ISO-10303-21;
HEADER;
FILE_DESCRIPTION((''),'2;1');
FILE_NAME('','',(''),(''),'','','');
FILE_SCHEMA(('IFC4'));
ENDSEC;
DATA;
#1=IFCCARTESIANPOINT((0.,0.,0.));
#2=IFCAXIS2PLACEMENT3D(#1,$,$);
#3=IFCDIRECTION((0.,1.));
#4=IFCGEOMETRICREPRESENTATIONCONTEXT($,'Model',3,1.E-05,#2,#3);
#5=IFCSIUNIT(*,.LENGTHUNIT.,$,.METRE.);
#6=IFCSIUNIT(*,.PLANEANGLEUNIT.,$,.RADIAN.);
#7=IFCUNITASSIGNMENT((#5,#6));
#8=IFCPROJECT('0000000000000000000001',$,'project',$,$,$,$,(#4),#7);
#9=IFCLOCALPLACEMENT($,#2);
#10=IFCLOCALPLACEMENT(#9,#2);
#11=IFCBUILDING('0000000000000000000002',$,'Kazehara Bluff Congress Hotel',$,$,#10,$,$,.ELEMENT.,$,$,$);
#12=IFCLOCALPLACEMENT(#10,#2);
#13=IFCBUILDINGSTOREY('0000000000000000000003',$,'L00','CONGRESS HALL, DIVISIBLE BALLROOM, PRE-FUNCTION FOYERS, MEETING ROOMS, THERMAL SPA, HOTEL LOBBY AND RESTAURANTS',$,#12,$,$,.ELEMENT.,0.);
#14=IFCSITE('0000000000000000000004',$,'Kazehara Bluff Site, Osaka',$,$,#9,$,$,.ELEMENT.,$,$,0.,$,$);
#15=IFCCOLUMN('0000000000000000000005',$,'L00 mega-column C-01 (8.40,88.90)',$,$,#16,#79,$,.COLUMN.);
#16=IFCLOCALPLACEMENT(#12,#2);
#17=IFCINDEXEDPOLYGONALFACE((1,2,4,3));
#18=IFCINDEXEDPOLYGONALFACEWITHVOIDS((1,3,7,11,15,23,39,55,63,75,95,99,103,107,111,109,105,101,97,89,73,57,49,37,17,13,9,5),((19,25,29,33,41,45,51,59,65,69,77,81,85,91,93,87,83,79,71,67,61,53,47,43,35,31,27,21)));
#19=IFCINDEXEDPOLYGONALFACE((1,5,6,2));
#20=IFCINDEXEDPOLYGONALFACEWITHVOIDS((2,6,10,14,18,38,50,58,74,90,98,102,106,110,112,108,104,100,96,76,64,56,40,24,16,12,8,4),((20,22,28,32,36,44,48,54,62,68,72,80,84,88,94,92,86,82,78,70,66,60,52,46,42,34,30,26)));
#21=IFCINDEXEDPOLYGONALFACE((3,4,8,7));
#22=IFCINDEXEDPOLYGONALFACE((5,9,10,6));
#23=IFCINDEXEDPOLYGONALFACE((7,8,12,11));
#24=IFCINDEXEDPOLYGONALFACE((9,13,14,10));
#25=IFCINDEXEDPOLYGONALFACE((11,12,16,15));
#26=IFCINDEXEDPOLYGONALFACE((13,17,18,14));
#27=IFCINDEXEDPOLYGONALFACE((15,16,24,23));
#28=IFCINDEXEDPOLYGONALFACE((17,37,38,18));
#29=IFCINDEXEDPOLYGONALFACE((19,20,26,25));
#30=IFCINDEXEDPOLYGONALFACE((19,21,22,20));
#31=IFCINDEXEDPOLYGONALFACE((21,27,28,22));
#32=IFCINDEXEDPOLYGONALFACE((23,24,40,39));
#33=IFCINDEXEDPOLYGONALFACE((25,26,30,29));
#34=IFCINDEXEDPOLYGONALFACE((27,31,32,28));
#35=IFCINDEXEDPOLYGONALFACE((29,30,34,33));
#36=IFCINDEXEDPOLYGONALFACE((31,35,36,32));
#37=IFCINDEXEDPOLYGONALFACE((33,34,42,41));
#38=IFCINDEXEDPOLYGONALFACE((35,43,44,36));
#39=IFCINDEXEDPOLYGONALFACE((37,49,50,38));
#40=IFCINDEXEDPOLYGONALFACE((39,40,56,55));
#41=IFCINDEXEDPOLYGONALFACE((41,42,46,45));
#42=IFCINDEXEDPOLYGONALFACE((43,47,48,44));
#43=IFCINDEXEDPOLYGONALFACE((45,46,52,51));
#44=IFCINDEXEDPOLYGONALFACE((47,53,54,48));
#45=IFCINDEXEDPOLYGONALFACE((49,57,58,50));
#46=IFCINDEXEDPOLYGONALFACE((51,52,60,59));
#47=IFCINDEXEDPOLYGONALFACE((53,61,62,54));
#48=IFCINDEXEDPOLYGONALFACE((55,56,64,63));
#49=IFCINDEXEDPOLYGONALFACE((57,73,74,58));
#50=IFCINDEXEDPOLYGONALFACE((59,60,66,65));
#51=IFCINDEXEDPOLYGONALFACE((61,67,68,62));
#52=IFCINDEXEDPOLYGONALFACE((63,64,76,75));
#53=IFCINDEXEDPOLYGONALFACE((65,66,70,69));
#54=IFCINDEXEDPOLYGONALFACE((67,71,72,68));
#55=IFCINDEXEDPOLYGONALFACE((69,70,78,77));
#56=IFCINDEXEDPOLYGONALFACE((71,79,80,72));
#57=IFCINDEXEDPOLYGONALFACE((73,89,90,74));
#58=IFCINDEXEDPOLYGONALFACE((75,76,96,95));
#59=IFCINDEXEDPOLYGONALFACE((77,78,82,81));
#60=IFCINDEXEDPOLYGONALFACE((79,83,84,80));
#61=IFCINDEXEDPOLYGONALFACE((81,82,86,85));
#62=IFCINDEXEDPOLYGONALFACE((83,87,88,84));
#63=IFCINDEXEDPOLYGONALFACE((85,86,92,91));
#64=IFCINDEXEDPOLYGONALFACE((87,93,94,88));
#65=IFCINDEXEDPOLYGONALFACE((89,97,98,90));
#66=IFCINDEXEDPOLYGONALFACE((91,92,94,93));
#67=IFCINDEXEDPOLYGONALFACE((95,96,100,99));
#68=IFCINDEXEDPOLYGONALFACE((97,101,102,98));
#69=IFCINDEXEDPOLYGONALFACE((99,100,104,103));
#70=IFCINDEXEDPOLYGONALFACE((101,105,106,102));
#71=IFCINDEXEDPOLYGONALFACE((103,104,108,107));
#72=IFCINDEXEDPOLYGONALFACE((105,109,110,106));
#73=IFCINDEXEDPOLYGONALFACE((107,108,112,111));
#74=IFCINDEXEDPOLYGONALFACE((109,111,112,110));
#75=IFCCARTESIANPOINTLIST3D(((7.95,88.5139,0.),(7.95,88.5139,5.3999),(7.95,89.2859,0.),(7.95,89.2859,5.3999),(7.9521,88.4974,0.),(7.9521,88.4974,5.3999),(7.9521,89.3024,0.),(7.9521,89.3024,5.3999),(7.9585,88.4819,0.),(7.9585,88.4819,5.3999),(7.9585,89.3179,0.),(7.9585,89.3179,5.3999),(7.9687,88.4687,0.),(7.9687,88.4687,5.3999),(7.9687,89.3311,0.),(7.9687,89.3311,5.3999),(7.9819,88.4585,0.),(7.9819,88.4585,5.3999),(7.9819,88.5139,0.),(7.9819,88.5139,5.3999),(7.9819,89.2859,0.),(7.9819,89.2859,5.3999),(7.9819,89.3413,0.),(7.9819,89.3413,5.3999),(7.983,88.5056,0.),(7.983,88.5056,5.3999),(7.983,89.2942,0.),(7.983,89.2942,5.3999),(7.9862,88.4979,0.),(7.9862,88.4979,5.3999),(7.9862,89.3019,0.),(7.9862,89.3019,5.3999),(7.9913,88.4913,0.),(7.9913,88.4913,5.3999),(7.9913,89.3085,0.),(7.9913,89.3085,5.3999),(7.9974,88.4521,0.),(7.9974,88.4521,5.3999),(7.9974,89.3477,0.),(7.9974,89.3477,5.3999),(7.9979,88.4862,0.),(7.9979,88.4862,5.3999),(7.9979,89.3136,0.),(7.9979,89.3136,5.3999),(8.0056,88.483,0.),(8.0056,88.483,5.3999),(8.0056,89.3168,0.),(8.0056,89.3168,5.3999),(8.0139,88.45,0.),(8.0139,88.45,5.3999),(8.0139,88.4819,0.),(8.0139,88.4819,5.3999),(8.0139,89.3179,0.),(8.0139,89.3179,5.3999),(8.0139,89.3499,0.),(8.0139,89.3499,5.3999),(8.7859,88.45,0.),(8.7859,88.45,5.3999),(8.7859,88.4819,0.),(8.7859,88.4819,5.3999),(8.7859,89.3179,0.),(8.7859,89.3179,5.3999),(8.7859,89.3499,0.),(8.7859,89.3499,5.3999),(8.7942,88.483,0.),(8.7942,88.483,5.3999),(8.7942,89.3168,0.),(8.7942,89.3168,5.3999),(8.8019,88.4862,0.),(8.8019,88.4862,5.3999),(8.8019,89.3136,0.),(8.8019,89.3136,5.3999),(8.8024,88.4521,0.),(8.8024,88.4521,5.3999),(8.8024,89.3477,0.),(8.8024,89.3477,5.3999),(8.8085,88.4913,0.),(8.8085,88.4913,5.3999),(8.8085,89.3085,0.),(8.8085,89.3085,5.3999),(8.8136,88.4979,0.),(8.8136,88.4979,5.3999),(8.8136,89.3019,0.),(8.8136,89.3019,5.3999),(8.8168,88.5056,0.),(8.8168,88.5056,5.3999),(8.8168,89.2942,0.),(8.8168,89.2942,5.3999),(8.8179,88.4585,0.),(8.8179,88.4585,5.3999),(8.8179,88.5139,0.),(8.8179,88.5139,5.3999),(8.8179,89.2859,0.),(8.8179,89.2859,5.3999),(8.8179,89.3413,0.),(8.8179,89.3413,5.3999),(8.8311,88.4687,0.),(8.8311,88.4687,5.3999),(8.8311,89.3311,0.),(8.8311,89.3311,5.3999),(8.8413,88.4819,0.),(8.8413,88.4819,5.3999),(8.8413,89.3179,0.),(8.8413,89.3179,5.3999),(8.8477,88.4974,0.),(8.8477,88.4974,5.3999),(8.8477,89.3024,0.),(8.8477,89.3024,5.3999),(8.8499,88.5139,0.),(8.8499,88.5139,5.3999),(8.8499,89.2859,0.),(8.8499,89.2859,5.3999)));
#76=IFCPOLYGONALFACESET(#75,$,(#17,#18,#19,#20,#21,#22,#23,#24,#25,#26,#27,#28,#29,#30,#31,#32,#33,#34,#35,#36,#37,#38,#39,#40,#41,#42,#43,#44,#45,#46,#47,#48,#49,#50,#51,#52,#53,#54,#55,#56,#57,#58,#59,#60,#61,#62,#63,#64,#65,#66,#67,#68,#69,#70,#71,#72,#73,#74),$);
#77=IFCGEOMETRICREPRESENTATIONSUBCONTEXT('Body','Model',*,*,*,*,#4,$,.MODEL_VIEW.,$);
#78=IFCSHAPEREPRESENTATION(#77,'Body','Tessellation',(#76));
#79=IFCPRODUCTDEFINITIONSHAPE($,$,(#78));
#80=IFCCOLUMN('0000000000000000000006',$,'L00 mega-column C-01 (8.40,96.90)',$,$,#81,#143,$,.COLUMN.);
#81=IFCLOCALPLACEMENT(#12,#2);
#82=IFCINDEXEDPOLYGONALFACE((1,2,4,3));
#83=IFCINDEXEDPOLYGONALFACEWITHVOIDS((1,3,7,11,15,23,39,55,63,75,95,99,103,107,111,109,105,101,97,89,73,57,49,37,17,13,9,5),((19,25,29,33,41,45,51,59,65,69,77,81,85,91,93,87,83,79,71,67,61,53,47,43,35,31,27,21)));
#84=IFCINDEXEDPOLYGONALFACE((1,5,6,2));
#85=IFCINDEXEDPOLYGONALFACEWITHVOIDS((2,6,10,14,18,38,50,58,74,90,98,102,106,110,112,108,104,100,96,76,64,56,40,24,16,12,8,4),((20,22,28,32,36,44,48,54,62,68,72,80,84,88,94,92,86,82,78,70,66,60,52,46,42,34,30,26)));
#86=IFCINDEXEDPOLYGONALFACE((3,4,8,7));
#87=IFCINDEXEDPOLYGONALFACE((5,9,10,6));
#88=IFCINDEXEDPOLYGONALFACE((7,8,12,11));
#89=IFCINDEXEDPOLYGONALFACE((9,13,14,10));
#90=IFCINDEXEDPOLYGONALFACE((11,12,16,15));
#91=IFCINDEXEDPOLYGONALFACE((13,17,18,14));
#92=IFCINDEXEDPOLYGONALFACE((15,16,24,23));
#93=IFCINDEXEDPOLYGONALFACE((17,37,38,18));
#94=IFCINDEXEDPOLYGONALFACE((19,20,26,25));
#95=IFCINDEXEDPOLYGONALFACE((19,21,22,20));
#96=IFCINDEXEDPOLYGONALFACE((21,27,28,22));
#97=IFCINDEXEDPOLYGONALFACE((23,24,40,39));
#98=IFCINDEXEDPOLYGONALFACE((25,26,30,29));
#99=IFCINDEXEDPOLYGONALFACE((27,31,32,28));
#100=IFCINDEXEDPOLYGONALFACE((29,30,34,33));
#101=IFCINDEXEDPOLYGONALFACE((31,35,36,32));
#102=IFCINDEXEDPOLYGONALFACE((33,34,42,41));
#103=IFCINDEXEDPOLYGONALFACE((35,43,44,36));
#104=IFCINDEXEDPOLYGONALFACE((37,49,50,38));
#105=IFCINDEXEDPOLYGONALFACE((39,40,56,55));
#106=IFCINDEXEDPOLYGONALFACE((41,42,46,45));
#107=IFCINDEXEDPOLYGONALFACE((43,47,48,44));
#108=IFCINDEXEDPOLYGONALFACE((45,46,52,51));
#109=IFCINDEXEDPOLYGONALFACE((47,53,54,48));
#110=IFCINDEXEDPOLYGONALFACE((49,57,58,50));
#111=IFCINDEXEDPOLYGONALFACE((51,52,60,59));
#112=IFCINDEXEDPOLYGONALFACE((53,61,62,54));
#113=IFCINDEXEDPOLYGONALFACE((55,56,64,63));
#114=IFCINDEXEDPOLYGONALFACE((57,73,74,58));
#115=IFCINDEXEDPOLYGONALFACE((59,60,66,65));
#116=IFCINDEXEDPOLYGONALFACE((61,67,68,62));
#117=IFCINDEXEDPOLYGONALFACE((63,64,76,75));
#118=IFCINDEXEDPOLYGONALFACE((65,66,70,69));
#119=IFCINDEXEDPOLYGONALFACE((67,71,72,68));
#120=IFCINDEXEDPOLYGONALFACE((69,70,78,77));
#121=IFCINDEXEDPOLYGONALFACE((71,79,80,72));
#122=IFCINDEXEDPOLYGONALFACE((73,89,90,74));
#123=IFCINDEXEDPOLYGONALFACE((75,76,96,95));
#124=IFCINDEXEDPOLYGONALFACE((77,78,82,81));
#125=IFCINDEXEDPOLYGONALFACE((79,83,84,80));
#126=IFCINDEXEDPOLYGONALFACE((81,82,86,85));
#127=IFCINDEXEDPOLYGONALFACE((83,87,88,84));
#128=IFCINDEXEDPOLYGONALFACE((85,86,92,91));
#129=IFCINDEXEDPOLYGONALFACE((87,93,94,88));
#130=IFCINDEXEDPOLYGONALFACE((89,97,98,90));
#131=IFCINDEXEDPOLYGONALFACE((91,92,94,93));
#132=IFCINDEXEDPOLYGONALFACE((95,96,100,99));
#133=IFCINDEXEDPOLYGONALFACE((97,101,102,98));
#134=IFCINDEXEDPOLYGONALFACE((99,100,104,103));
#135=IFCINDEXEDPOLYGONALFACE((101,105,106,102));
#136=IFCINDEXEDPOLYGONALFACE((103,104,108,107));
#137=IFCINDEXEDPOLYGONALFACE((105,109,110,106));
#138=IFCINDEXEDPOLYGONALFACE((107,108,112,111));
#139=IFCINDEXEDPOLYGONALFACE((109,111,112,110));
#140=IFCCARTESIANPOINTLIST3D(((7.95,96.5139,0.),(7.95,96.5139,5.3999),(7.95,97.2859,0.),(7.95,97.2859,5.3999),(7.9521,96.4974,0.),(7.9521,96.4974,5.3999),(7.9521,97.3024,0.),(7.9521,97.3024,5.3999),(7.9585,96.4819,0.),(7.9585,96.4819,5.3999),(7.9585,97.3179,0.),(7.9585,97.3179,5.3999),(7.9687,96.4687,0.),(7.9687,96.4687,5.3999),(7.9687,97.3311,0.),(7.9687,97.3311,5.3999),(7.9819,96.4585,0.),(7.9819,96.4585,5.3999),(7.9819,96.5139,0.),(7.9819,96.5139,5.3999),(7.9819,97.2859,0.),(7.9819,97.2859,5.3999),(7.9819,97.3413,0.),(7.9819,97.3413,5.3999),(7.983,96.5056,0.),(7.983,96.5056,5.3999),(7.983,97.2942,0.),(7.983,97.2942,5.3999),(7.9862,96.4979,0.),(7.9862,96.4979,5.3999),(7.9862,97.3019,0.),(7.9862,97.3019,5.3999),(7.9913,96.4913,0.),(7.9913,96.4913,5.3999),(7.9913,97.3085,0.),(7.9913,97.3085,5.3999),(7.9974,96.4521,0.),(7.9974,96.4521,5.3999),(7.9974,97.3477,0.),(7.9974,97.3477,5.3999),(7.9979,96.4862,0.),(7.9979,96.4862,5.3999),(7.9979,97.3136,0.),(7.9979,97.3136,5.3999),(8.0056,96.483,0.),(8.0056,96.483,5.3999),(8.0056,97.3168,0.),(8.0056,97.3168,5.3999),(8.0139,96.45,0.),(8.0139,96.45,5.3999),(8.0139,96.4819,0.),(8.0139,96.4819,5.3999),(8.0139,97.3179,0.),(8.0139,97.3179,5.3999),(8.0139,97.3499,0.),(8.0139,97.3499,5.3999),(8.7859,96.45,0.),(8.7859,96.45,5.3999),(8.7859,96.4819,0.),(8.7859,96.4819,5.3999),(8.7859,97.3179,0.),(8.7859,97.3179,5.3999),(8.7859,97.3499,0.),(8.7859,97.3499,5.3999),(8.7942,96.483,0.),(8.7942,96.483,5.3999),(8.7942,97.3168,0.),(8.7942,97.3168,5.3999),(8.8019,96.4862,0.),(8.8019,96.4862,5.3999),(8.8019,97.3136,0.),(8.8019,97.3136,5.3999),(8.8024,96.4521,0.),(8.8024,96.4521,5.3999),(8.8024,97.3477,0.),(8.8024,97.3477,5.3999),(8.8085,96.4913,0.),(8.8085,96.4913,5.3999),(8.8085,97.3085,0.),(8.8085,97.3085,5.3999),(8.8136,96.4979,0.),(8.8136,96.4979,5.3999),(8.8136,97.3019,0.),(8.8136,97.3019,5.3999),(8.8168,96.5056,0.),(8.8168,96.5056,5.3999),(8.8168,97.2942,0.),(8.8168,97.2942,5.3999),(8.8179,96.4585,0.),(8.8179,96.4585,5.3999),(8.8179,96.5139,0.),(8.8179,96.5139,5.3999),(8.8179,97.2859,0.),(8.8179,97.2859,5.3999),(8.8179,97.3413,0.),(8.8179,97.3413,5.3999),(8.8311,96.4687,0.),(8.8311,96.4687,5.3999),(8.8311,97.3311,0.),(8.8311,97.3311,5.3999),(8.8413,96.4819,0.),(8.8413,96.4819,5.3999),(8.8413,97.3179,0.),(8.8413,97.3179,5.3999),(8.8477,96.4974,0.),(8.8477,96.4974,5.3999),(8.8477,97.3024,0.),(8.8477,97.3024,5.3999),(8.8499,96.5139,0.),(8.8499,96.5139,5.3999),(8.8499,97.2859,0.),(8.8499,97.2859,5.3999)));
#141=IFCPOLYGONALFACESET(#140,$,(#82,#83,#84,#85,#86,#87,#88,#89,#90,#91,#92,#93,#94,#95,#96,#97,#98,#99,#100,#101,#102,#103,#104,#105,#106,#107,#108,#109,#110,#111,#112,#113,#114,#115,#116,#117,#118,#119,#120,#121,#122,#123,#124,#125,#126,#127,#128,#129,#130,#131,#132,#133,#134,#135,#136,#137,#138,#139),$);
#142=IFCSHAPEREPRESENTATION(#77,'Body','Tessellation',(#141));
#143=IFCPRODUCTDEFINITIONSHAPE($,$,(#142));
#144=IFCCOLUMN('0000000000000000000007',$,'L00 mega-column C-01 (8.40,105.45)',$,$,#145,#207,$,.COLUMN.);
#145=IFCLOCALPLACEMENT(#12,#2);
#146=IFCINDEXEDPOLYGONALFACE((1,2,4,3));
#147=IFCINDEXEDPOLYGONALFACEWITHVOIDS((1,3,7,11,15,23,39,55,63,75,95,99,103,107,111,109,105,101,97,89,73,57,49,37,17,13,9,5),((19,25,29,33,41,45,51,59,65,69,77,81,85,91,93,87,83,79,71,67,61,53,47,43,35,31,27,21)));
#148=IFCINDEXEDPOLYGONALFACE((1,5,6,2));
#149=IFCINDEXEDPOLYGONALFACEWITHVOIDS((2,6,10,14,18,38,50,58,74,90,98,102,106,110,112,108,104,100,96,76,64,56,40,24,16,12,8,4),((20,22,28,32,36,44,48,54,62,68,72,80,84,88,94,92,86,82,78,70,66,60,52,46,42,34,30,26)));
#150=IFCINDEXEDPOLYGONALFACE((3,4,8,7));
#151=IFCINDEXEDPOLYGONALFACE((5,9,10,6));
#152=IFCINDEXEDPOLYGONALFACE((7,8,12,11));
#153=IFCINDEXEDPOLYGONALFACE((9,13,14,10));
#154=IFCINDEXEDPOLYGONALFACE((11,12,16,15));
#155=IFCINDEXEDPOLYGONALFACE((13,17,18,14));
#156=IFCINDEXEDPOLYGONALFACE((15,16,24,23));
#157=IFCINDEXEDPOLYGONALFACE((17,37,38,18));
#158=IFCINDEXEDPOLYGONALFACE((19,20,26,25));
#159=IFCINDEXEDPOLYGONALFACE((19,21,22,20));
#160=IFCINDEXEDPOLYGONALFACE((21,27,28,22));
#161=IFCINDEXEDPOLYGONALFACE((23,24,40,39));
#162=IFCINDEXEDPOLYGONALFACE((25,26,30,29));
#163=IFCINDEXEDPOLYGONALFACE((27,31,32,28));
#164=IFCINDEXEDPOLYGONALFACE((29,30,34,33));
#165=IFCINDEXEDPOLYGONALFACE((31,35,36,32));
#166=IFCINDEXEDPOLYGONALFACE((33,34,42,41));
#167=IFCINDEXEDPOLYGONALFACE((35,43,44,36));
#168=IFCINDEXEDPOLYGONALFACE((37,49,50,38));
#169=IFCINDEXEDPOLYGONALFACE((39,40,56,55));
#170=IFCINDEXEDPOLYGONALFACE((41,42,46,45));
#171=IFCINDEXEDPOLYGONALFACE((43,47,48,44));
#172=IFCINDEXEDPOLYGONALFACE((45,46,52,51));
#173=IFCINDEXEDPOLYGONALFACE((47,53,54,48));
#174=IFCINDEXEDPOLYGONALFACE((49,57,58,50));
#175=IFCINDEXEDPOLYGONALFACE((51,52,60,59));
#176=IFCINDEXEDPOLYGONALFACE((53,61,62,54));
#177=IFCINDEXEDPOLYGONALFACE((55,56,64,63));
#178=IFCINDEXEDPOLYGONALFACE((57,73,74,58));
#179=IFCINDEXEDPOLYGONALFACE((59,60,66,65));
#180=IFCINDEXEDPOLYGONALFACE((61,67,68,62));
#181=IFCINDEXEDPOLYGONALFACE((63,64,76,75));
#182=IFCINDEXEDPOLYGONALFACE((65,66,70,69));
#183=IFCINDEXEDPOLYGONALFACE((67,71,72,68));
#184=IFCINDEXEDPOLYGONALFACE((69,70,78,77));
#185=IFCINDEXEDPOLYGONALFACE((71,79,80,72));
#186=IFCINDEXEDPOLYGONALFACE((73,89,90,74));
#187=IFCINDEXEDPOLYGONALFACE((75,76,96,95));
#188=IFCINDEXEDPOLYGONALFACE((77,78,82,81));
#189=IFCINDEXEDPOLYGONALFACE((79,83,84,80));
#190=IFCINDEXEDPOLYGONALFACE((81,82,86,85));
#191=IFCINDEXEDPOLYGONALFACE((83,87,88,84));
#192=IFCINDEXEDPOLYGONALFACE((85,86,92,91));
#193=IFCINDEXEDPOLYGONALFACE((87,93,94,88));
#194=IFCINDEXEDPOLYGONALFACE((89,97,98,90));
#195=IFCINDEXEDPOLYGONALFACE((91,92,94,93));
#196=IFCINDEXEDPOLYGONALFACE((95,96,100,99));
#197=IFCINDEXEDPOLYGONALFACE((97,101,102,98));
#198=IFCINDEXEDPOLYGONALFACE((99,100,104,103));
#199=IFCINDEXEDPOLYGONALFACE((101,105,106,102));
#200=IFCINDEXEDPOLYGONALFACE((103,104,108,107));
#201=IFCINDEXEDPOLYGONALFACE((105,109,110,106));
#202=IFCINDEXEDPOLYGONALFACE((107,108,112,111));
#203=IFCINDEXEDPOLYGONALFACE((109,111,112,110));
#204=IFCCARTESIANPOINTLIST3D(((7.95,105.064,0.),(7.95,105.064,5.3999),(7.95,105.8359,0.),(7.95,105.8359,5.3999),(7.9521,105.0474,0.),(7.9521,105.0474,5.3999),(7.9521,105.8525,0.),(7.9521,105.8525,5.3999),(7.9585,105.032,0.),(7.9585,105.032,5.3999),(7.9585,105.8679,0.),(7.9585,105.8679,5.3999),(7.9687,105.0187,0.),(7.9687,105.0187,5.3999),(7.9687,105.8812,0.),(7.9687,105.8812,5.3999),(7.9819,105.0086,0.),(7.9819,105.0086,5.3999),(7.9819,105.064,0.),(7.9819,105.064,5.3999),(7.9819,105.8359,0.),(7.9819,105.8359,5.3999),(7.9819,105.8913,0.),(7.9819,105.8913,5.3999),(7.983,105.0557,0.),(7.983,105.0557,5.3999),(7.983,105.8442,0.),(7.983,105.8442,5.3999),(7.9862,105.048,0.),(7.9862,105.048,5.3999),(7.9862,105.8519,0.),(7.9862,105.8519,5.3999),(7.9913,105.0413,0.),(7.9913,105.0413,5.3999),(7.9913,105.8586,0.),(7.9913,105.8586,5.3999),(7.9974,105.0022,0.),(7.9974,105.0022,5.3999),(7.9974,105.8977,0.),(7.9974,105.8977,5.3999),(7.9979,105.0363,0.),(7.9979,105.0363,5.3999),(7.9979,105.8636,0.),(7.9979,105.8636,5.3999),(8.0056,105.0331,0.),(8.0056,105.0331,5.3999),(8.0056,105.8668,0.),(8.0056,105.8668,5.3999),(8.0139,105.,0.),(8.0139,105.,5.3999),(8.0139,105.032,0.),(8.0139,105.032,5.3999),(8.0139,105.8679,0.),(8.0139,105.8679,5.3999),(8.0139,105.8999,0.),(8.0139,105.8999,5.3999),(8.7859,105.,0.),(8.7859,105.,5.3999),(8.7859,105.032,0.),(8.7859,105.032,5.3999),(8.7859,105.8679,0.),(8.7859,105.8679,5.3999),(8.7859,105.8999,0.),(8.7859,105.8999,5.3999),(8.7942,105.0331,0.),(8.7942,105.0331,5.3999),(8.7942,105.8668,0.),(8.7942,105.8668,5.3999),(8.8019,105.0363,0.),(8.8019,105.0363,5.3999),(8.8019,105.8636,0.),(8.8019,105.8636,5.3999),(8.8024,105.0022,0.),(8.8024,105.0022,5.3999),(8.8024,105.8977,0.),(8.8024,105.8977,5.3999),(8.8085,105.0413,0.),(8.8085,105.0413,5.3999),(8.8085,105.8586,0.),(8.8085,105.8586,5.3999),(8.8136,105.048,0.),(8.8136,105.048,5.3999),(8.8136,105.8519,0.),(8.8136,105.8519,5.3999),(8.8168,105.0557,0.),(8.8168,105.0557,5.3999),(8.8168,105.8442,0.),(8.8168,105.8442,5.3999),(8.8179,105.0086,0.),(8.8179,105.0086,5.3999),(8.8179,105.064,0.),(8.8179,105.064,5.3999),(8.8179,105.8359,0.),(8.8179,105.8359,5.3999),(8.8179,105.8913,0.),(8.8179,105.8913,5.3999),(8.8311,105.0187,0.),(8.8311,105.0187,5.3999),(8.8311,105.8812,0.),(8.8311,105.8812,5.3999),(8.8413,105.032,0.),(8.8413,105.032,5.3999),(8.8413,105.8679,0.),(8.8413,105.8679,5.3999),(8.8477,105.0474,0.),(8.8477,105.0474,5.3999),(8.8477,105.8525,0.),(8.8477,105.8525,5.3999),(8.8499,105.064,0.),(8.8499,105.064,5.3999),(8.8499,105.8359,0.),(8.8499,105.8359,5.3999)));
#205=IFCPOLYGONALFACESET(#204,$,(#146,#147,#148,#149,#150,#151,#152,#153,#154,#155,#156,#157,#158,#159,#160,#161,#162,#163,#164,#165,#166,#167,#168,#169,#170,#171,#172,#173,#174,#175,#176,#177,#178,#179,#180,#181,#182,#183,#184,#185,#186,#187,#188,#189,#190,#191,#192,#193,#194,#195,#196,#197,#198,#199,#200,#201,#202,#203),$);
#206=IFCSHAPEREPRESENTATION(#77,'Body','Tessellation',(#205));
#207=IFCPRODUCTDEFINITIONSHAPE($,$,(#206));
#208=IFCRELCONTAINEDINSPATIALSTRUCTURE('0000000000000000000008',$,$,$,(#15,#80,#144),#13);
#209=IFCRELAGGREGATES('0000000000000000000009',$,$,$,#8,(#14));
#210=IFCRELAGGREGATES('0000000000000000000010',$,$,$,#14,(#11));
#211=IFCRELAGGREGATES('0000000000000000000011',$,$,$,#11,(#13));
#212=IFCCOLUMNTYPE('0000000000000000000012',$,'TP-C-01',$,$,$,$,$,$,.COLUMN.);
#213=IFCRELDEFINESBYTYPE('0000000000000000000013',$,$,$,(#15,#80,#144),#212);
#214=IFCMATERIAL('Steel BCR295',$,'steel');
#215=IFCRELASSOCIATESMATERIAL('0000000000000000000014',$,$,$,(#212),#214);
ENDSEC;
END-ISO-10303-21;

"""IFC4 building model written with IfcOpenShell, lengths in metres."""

from ifc_helpers import new_model, si_unit, direction, frame, origin, origin_2d, place, context, subcontext, project, spatial, hollow_rectangle, extrude, material, material_profile, profile_set, type_object, element, save


model = new_model("IFC4")

# Units and contexts
model_context = context("Model", 3, precision=1e-05, world=origin(), true_north=direction((0.0, 1.0)))
body_context = subcontext(model_context, "Body", "Model", "MODEL_VIEW")
ifc_project = project(units=[si_unit("LENGTHUNIT", "METRE"), si_unit("PLANEANGLEUNIT", "RADIAN")], contexts=[model_context])

# Site, building, storey
site_placement = place(None, origin())
site = spatial("IfcSite", under=ifc_project, at=site_placement, Name="Kazehara Bluff Site, Osaka", CompositionType="ELEMENT", RefElevation=0.0)
building_placement = place(site_placement, origin())
building = spatial("IfcBuilding", under=site, at=building_placement, Name="Kazehara Bluff Congress Hotel", CompositionType="ELEMENT")
storey_placement = place(building_placement, origin())
storey = spatial("IfcBuildingStorey", under=building, at=storey_placement, Name="L00", Description="CONGRESS HALL, DIVISIBLE BALLROOM, PRE-FUNCTION FOYERS, MEETING ROOMS, THERMAL SPA, HOTEL LOBBY AND RESTAURANTS", CompositionType="ELEMENT", Elevation=0.0)

# Columns
ifc_material_1 = material(Name="Steel BCR295", Category="steel")
ifc_material_profile_1 = material_profile(ifc_material_1, hollow_rectangle(XDim=0.8999, YDim=0.8999, WallThickness=0.032, InnerFilletRadius=0.032, OuterFilletRadius=0.064, at=origin_2d()))
ifc_profile_set_1 = profile_set([ifc_material_profile_1], Name="Steel BCR295")
column_type = type_object("IfcColumnType", Name="TP-C-01", PredefinedType="COLUMN", material=ifc_profile_set_1)
for number, where, z_axis, x_axis, name in (
    (1, (8.3999, 88.8999, 0.0), (0.0, 0.0, 1.0), (1.0, 0.0, 0.0), "L00 mega-column C-01 (8.40,88.90)"),
    (2, (8.3999, 96.8999, 0.0), (0.0, 0.0, 1.0), (1.0, 0.0, 0.0), "L00 mega-column C-01 (8.40,96.90)"),
    (3, (8.3999, 105.45, 0.0), (0.0, 0.0, 1.0), (1.0, 0.0, 0.0), "L00 mega-column C-01 (8.40,105.45)"),
):
    element("IfcColumn", number, at=place(storey_placement, frame(where, z_axis=z_axis, x_axis=x_axis)), inside=storey, type_object=column_type, Name=name, PredefinedType="COLUMN", context=body_context, shape_type="SweptSolid", body=[
        extrude(hollow_rectangle(XDim=0.8999, YDim=0.8999, WallThickness=0.032, InnerFilletRadius=0.032, OuterFilletRadius=0.064, at=origin_2d()), origin(), (0.0, 0.0, 1.0), 5.3999),
    ])

save(model, "model.ifc")
